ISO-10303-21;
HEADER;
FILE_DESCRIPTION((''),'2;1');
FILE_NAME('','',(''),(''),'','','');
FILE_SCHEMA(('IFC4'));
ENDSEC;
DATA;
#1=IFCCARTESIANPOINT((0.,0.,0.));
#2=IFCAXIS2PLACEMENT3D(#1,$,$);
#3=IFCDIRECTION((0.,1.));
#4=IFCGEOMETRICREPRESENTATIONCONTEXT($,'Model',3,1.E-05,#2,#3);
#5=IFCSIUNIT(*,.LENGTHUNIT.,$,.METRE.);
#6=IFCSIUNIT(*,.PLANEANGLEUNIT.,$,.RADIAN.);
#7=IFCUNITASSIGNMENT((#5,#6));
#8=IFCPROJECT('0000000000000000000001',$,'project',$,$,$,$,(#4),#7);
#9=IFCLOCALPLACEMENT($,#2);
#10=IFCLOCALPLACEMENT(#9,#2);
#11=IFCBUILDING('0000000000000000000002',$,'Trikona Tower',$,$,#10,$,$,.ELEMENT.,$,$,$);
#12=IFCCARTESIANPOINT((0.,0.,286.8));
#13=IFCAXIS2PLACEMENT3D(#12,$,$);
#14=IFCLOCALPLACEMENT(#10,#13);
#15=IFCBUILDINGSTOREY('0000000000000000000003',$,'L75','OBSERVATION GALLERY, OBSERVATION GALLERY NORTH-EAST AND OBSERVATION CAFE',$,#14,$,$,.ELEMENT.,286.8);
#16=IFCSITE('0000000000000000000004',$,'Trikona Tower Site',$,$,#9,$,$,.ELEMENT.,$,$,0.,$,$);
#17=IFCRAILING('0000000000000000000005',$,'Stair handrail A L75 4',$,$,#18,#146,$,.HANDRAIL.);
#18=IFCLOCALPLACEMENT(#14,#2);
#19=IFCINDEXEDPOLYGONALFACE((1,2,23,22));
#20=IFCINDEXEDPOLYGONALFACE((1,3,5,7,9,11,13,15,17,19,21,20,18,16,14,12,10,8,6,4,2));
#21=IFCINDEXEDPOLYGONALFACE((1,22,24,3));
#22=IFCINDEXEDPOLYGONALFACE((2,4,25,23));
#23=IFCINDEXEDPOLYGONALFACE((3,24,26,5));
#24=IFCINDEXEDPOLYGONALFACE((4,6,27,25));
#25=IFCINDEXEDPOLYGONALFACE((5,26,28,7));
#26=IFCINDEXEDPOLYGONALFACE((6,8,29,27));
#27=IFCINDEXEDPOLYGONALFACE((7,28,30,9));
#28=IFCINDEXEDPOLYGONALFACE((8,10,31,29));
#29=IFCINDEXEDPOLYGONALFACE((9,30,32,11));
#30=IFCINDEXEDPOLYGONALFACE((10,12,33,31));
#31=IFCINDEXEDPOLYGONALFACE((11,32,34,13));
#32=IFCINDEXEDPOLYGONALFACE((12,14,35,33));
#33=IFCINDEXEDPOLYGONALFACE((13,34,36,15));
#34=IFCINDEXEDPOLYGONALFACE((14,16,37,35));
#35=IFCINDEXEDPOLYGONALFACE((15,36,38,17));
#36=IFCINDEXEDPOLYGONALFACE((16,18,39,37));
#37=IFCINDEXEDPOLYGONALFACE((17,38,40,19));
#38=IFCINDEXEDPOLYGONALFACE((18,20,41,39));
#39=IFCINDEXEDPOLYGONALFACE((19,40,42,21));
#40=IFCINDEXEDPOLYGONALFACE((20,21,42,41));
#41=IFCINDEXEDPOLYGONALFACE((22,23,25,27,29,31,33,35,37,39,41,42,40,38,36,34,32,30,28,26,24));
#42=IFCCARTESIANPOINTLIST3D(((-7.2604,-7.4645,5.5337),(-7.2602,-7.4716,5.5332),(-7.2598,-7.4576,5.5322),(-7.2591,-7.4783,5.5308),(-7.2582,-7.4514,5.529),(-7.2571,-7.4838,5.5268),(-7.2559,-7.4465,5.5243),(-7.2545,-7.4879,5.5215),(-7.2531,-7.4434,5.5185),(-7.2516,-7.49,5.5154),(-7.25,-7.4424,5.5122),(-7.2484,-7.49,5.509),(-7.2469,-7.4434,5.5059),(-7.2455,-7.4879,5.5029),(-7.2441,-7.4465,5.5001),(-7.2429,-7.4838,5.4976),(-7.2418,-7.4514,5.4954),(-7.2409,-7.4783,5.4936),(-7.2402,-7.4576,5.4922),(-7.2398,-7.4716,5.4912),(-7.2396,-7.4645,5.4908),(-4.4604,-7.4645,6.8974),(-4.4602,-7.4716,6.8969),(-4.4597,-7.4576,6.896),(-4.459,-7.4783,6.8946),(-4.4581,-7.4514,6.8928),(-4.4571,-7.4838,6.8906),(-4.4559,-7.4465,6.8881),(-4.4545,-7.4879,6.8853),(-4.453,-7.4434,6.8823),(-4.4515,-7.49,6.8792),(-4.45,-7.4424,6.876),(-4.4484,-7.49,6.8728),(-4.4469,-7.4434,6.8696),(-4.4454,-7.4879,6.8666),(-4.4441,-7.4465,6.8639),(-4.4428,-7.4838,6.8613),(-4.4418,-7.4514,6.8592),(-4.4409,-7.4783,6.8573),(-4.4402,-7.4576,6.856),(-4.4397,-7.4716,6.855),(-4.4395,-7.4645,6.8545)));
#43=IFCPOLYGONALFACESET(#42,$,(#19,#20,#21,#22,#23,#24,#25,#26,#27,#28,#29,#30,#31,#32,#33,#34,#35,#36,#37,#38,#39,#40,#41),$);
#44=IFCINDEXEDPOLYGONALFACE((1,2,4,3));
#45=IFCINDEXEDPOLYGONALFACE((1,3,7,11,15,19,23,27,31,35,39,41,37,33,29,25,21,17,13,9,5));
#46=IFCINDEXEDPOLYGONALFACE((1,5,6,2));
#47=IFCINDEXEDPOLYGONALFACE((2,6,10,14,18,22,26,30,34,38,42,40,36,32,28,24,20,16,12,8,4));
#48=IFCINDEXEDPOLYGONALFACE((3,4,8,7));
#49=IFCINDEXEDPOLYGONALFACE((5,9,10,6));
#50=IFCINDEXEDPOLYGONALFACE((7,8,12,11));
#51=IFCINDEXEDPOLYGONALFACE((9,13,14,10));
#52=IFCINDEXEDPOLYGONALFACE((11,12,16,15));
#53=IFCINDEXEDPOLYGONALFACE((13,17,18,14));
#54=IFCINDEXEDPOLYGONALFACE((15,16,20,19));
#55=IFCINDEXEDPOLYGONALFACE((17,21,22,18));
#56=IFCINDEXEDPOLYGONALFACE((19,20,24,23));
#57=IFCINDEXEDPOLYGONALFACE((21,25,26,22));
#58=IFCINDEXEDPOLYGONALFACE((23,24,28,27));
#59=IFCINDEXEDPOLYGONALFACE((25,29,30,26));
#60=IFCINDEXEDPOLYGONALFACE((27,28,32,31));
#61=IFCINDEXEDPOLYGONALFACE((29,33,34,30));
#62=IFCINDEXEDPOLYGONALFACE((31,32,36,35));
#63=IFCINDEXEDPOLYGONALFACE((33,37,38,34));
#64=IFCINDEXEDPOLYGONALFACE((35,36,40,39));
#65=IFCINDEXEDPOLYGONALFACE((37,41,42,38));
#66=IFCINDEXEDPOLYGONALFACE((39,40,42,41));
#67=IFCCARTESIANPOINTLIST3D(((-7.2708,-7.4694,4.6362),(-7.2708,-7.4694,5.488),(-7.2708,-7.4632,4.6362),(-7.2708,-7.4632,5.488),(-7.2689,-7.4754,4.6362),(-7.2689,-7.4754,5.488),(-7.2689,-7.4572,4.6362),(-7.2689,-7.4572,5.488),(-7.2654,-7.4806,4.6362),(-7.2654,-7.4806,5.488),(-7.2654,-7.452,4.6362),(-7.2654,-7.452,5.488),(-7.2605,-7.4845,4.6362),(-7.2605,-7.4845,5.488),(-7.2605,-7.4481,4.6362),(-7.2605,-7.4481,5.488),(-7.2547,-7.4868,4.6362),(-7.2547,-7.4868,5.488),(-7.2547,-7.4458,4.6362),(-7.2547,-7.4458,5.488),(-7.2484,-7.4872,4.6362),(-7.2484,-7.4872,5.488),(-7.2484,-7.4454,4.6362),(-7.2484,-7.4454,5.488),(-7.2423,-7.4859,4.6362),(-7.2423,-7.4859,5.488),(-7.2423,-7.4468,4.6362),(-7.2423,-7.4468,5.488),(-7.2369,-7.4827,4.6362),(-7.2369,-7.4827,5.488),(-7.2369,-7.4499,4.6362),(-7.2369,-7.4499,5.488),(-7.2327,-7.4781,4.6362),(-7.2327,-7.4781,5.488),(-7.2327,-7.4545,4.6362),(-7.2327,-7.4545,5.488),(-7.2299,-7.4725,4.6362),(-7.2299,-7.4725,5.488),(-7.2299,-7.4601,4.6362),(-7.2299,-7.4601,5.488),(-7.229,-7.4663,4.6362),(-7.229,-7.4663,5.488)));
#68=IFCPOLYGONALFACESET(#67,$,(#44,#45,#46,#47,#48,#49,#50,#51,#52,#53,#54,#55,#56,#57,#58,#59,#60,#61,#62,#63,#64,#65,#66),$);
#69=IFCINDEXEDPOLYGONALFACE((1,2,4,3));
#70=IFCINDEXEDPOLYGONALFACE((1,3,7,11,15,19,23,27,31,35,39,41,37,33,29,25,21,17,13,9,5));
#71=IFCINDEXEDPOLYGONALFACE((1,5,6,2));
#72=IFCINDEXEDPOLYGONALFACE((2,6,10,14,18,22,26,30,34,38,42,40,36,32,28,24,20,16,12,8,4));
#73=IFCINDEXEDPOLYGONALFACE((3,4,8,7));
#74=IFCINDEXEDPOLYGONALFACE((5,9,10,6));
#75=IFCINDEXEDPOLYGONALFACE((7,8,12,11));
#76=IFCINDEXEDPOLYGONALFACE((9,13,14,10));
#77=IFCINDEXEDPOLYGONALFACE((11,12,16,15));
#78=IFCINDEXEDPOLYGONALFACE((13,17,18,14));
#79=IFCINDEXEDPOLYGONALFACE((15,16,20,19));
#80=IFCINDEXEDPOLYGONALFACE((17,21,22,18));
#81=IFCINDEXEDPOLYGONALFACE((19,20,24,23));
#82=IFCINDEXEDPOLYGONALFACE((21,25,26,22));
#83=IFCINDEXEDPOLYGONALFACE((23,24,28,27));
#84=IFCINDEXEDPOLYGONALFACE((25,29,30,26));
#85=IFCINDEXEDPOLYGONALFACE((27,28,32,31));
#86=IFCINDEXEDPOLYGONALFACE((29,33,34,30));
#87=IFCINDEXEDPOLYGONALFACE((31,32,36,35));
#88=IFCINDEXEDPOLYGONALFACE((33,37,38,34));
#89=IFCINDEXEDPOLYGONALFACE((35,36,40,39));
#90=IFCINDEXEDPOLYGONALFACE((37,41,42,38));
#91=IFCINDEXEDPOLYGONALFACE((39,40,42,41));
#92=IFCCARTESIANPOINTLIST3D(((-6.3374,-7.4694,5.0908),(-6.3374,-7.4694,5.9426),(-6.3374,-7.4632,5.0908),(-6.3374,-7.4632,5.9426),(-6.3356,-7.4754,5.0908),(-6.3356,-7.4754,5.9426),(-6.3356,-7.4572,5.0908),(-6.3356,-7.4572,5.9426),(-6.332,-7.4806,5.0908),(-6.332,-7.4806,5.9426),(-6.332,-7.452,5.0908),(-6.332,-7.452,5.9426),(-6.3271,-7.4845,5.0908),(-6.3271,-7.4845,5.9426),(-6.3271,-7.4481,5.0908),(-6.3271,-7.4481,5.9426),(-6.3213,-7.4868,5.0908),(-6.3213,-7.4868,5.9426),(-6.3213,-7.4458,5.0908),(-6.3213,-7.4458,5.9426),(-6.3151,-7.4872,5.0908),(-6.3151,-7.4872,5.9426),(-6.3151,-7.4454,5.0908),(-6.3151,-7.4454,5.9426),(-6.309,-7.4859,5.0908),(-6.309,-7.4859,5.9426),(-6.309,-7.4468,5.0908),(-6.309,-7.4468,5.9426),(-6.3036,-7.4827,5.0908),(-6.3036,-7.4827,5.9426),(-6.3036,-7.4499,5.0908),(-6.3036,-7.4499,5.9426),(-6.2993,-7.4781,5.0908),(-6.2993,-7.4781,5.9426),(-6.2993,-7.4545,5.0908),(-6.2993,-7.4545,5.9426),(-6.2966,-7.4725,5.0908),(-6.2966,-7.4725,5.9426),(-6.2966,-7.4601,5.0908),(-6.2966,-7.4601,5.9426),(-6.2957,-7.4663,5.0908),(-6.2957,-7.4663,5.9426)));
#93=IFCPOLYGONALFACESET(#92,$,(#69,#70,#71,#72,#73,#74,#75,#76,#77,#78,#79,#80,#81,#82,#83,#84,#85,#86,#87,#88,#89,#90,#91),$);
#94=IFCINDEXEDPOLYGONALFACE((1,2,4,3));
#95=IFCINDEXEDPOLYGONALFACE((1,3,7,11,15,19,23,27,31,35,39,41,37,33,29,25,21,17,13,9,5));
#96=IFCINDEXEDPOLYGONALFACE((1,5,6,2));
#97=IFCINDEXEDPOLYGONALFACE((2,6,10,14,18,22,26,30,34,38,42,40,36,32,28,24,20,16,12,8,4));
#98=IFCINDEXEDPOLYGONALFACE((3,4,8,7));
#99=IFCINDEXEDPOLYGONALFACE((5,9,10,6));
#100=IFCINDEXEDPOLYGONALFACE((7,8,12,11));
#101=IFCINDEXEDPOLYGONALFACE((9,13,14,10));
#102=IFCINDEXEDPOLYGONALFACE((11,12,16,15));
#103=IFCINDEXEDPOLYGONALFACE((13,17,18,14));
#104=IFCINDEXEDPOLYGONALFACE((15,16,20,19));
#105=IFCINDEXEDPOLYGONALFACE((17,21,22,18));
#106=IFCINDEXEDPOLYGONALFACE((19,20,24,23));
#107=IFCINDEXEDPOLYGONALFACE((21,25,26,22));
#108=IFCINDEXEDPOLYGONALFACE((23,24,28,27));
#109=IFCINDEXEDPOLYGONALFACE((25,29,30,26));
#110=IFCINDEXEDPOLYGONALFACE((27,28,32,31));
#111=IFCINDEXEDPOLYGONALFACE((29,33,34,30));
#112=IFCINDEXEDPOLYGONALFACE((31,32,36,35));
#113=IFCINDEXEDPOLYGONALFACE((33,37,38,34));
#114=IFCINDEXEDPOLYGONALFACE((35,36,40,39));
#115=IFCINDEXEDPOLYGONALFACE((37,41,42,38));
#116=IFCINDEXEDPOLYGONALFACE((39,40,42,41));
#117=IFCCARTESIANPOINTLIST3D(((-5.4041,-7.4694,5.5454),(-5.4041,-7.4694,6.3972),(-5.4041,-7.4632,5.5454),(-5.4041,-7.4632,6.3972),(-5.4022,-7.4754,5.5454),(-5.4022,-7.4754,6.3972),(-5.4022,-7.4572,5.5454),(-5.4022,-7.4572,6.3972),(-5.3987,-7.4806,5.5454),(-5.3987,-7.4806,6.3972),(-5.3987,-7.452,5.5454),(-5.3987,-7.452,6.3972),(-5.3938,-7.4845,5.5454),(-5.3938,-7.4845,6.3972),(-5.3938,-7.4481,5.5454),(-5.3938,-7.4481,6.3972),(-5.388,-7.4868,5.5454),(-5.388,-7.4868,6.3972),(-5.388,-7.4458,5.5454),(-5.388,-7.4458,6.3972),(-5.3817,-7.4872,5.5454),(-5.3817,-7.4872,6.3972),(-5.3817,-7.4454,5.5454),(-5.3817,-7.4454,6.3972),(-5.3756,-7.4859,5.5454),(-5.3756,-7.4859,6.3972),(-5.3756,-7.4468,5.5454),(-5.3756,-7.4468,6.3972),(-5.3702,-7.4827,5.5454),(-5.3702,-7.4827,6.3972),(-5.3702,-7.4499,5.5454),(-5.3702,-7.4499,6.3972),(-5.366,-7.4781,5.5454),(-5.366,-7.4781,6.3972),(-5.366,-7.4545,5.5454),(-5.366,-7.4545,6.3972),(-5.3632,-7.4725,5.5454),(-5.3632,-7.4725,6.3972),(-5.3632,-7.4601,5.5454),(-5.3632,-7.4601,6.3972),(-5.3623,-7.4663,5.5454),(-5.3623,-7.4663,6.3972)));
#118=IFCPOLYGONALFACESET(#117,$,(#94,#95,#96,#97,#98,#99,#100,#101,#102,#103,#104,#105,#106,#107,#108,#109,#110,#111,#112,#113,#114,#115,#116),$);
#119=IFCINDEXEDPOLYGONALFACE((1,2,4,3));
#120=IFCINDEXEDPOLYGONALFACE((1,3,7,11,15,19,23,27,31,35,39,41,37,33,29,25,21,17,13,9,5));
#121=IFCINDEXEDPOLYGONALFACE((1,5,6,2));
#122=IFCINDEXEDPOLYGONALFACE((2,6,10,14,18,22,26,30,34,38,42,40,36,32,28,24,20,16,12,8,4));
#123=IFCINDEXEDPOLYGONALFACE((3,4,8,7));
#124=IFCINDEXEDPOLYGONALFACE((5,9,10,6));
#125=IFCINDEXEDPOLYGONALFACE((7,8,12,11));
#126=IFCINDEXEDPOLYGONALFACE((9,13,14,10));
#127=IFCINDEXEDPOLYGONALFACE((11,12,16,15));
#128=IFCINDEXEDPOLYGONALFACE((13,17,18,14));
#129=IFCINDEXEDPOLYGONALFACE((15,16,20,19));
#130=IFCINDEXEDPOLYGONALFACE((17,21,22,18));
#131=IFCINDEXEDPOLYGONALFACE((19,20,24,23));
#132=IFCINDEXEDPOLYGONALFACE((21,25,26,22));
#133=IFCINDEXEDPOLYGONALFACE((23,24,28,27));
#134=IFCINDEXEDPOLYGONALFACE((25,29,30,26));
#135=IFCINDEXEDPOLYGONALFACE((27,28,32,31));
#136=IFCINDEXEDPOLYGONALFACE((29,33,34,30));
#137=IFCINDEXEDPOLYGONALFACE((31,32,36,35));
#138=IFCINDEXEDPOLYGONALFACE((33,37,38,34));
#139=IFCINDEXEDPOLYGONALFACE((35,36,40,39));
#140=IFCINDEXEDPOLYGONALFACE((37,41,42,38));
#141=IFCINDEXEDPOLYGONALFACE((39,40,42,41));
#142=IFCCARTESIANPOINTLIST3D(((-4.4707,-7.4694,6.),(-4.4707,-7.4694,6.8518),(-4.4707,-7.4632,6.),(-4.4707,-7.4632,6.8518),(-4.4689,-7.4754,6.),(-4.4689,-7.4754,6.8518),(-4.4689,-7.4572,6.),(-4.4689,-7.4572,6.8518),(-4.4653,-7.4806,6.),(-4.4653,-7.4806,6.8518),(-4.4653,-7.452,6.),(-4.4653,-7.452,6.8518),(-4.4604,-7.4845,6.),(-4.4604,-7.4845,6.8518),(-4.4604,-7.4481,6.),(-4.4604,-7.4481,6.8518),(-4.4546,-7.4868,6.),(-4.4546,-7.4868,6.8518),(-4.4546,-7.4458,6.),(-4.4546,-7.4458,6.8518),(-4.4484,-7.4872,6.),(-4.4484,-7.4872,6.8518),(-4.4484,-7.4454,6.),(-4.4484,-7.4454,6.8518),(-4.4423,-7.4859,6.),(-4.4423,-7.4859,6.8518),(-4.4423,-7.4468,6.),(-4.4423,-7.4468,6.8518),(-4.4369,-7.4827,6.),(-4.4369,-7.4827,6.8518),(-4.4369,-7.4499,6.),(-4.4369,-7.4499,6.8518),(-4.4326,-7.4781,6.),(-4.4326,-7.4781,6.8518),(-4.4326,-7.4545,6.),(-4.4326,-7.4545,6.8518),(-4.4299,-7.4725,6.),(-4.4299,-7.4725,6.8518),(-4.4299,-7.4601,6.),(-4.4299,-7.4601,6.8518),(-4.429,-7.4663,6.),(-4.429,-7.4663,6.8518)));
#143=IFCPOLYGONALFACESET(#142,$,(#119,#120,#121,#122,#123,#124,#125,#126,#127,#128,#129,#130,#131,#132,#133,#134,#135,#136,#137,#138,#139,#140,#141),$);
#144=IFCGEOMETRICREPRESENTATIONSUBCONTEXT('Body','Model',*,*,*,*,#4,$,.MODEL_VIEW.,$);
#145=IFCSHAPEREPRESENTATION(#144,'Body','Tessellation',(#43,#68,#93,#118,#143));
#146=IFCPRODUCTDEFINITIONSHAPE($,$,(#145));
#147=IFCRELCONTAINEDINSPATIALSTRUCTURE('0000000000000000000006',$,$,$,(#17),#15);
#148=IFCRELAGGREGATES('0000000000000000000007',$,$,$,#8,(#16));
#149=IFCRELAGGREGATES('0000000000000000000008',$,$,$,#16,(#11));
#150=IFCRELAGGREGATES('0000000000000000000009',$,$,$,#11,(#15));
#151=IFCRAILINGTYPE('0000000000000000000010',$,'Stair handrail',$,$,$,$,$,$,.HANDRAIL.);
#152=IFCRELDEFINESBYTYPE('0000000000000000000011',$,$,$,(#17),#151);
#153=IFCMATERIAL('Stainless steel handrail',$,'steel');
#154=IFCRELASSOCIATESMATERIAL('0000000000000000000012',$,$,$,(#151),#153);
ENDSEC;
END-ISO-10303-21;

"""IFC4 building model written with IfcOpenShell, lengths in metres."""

from ifc_helpers import new_model, si_unit, direction, frame, origin, origin_2d, place, context, subcontext, project, spatial, circle, extrude, material, type_object, element, save


model = new_model("IFC4")

# Units and contexts
model_context = context("Model", 3, precision=1e-05, world=origin(), true_north=direction((0.0, 1.0)))
body_context = subcontext(model_context, "Body", "Model", "MODEL_VIEW")
ifc_project = project(units=[si_unit("LENGTHUNIT", "METRE"), si_unit("PLANEANGLEUNIT", "RADIAN")], contexts=[model_context])

# Site, building, storey
site_placement = place(None, origin())
site = spatial("IfcSite", under=ifc_project, at=site_placement, Name="Trikona Tower Site", CompositionType="ELEMENT", RefElevation=0.0)
building_placement = place(site_placement, origin())
building = spatial("IfcBuilding", under=site, at=building_placement, Name="Trikona Tower", CompositionType="ELEMENT")
storey_placement = place(building_placement, frame((0.0, 0.0, 286.8)))
storey = spatial("IfcBuildingStorey", under=building, at=storey_placement, Name="L75", Description="OBSERVATION GALLERY, OBSERVATION GALLERY NORTH-EAST AND OBSERVATION CAFE", CompositionType="ELEMENT", Elevation=286.8)

# Railing
ifc_material_1 = material(Name="Stainless steel handrail", Category="steel")
railing_type = type_object("IfcRailingType", Name="Stair handrail", PredefinedType="HANDRAIL", material=ifc_material_1)
railing_1_placement = place(storey_placement, frame((-7.25, -7.4663, 4.6362)))
element("IfcRailing", 1, at=railing_1_placement, inside=storey, type_object=railing_type, Name="Stair handrail A L75 4", PredefinedType="HANDRAIL", context=body_context, shape_type="SweptSolid", body=[
    extrude(circle(Radius=0.0239, at=origin_2d()), frame((0.0, 0.0, 0.876), z_axis=(0.899035, 0.0, 0.437877), x_axis=(0.0, 1.0, 0.0)), (0.0, 0.0, 1.0), 3.1145),
    extrude(circle(Radius=0.021, at=origin_2d()), origin(), (0.0, 0.0, 1.0), 0.8518),
    extrude(circle(Radius=0.021, at=origin_2d()), frame((0.9333, 0.0, 0.4546)), (0.0, 0.0, 1.0), 0.8518),
    extrude(circle(Radius=0.021, at=origin_2d()), frame((1.8667, 0.0, 0.9092)), (0.0, 0.0, 1.0), 0.8518),
    extrude(circle(Radius=0.021, at=origin_2d()), frame((2.8, 0.0, 1.3638)), (0.0, 0.0, 1.0), 0.8518),
])

save(model, "model.ifc")
